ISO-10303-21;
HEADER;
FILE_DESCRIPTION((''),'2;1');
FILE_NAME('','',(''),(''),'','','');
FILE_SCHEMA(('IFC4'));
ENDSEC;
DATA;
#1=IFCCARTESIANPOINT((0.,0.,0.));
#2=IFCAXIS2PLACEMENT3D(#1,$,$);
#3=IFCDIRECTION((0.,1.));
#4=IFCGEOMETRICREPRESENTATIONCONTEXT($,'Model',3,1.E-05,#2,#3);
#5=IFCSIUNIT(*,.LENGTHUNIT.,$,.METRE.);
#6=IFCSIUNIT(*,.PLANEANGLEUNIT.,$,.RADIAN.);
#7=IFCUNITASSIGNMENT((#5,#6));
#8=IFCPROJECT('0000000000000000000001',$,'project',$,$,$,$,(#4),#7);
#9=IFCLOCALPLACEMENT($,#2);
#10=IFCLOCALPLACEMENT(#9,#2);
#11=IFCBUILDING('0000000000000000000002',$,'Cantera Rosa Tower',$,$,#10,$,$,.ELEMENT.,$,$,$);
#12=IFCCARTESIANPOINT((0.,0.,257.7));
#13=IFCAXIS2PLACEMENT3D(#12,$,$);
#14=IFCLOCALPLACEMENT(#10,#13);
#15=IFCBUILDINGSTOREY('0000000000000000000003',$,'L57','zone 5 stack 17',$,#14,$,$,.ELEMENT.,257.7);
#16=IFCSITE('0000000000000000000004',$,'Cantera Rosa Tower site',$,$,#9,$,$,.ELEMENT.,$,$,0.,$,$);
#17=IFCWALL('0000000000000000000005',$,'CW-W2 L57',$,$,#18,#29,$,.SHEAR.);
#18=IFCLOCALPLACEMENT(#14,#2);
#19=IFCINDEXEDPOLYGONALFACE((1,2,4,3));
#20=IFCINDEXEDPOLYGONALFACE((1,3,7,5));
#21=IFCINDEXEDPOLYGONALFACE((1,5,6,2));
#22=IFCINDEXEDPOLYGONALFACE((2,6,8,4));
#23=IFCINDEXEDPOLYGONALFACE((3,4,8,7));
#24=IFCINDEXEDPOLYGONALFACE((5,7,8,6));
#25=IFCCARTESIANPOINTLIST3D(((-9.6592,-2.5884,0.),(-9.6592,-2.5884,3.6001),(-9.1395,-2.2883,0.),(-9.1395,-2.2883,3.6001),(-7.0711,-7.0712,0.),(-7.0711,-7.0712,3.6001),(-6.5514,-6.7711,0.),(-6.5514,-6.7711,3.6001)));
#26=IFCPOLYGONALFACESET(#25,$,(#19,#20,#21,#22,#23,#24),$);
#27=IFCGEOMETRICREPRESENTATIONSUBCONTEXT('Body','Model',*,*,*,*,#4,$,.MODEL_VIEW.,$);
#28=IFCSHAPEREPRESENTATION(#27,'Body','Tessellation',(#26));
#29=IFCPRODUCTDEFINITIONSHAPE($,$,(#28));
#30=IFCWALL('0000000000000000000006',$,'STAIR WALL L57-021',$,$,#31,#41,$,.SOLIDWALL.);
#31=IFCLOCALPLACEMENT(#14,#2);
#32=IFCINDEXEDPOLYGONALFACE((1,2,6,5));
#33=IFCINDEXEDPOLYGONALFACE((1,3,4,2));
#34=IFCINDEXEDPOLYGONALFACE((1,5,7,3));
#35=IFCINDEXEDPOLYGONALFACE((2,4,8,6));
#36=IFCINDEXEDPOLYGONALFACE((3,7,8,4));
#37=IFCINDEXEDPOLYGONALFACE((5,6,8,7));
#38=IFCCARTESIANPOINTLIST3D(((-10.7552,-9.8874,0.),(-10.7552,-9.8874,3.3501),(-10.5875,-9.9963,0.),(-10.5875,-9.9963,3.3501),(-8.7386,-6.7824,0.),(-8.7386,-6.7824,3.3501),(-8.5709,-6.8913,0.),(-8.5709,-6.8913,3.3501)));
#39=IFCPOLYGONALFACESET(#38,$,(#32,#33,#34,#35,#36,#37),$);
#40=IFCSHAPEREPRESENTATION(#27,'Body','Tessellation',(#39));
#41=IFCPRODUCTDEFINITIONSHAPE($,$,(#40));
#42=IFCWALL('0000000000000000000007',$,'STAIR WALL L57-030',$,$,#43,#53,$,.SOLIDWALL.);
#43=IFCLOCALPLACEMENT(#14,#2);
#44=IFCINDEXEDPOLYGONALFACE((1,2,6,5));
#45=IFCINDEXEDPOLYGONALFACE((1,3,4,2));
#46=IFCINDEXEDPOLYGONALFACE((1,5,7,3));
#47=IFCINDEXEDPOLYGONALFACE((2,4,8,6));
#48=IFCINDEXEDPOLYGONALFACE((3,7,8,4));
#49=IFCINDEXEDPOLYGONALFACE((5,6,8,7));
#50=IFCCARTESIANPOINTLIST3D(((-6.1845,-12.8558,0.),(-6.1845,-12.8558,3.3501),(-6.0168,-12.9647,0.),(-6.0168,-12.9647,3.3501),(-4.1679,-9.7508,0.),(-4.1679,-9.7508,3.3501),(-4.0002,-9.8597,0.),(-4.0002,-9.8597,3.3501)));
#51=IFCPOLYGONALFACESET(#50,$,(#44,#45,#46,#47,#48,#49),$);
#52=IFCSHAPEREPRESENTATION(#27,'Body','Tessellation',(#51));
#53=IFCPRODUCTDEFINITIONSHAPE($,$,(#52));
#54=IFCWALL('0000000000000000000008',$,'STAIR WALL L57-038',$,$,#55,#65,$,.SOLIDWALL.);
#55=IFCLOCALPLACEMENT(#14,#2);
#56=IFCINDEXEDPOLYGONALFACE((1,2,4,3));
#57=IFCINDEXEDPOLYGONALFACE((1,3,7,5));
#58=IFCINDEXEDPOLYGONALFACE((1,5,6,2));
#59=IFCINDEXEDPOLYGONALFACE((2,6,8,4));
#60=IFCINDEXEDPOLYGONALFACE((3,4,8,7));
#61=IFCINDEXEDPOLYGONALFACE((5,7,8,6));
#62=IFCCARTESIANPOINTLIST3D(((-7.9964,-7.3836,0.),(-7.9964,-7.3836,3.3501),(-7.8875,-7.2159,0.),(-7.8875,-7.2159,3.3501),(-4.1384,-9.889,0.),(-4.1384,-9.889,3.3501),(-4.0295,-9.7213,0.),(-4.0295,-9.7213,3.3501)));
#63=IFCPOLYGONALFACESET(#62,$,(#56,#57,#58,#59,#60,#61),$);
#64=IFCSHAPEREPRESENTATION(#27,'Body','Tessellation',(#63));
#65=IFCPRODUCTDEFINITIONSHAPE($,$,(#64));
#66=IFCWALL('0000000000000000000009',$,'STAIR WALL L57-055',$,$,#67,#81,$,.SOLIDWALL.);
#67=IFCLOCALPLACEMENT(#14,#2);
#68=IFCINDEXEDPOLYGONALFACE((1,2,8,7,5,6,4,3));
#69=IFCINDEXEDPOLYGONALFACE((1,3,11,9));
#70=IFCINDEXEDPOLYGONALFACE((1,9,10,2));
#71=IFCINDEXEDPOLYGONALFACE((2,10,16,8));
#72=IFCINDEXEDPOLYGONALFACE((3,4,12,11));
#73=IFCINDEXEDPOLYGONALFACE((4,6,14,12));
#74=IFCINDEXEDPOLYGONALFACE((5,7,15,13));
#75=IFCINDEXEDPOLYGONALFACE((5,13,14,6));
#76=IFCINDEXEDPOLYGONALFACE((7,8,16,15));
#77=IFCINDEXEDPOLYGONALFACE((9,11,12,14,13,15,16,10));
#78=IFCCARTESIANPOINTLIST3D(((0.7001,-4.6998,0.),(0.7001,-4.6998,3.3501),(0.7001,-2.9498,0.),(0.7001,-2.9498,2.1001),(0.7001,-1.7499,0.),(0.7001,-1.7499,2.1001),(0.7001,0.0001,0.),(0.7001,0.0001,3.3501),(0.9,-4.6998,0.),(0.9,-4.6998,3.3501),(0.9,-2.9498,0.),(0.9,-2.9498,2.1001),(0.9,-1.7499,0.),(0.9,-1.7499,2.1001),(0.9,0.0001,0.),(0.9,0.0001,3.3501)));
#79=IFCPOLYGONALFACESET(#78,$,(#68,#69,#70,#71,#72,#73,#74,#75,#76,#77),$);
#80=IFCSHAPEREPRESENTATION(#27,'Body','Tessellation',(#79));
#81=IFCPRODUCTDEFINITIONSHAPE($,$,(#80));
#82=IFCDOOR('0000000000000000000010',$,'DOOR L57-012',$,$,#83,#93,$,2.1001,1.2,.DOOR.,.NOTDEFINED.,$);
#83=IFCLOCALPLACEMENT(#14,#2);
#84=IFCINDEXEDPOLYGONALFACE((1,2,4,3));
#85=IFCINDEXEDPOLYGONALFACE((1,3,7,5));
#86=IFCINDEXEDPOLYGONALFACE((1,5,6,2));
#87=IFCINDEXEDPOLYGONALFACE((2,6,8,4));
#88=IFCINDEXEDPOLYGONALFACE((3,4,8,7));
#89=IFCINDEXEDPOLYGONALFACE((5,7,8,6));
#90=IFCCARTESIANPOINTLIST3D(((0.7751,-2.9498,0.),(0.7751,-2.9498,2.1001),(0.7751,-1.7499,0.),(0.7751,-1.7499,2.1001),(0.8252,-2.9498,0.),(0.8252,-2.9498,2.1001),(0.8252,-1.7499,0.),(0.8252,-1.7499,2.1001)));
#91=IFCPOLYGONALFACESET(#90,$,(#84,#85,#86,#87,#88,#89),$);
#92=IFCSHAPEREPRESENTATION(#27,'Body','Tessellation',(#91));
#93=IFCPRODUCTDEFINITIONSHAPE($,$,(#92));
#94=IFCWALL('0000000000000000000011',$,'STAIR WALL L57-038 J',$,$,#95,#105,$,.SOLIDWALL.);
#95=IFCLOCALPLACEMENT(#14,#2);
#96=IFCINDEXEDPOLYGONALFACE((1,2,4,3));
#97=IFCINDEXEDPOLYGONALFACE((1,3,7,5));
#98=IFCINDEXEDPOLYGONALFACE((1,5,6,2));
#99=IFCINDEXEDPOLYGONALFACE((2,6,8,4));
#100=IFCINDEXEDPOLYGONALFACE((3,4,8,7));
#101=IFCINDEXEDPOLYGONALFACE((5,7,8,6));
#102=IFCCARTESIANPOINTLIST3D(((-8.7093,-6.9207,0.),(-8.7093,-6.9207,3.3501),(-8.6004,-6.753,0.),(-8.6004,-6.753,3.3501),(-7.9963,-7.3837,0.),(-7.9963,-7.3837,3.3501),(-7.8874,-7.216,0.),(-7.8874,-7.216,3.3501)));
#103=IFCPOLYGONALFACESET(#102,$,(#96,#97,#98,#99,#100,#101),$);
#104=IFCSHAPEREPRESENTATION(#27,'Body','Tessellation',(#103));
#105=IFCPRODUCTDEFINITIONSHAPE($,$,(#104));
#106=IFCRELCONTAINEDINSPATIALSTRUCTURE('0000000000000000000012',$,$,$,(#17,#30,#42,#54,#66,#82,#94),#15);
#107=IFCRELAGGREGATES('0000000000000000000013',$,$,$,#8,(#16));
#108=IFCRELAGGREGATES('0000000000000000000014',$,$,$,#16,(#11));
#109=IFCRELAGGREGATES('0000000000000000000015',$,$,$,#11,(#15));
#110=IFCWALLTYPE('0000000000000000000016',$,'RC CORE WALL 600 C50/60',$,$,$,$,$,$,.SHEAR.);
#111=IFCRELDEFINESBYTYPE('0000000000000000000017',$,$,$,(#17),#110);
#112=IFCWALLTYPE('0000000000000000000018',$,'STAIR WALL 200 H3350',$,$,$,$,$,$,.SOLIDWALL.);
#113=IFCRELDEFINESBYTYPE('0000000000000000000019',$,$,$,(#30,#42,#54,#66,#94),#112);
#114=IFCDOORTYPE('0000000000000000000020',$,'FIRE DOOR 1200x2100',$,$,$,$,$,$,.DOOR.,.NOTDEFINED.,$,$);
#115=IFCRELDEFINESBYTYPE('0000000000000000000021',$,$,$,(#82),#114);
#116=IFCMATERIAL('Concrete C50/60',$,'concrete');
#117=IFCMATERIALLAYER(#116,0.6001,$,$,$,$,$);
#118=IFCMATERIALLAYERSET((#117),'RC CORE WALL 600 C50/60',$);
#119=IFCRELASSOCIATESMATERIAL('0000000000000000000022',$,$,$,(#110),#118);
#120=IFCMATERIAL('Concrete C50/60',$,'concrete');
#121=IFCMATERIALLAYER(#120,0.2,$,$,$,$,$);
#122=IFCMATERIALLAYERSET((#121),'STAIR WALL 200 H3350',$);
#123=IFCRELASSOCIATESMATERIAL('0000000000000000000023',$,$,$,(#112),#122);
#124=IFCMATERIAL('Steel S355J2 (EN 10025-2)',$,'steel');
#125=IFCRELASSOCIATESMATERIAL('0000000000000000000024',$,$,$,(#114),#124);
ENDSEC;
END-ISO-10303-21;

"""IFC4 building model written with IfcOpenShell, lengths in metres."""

from ifc_helpers import new_model, si_unit, direction, frame, frame_2d, origin, place, context, subcontext, project, spatial, rectangle, extrude, material, layer, layer_set, type_object, element, fill, save


model = new_model("IFC4")

# Units and contexts
model_context = context("Model", 3, precision=1e-05, world=origin(), true_north=direction((0.0, 1.0)))
body_context = subcontext(model_context, "Body", "Model", "MODEL_VIEW")
ifc_project = project(units=[si_unit("LENGTHUNIT", "METRE"), si_unit("PLANEANGLEUNIT", "RADIAN")], contexts=[model_context])

# Site, building, storey
site_placement = place(None, origin())
site = spatial("IfcSite", under=ifc_project, at=site_placement, Name="Cantera Rosa Tower site", CompositionType="ELEMENT", RefElevation=0.0)
building_placement = place(site_placement, origin())
building = spatial("IfcBuilding", under=site, at=building_placement, Name="Cantera Rosa Tower", CompositionType="ELEMENT")
storey_placement = place(building_placement, frame((0.0, 0.0, 257.7)))
storey = spatial("IfcBuildingStorey", under=building, at=storey_placement, Name="L57", Description="zone 5 stack 17", CompositionType="ELEMENT", Elevation=257.7)

# Walls
ifc_material_1 = material(Name="Concrete C50/60", Category="concrete")
ifc_layer_1 = layer(ifc_material_1, 0.6001)
ifc_layer_set_1 = layer_set([ifc_layer_1], Name="RC CORE WALL 600 C50/60")
wall_type_1 = type_object("IfcWallType", Name="RC CORE WALL 600 C50/60", PredefinedType="SHEAR", material=ifc_layer_set_1)
wall_1_placement = place(storey_placement, frame((-6.8113, -6.9211, 0.0), z_axis=(0.0, 0.0, 1.0), x_axis=(-0.499989, 0.866032, 0.0)))
element("IfcWall", 1, at=wall_1_placement, inside=storey, type_object=wall_type_1, Name="CW-W2 L57", PredefinedType="SHEAR", context=body_context, shape_type="SweptSolid", body=[
    extrude(rectangle(XDim=5.1763, YDim=0.6001, at=frame_2d((2.5881, 0.0))), origin(), (0.0, 0.0, 1.0), 3.6001),
])
ifc_material_2 = material(Name="Concrete C50/60", Category="concrete")
ifc_layer_2 = layer(ifc_material_2, 0.2)
ifc_layer_set_2 = layer_set([ifc_layer_2], Name="STAIR WALL 200 H3350")
wall_type_2 = type_object("IfcWallType", Name="STAIR WALL 200 H3350", PredefinedType="SOLIDWALL", material=ifc_layer_set_2)
for number, where, z_axis, x_axis, name in (
    (2, (-8.6548, -6.8369, 0.0), (0.0, 0.0, 1.0), (-0.544678, -0.838645, 0.0), "STAIR WALL L57-021"),
    (3, (-6.1006, -12.9102, 0.0), (0.0, 0.0, 1.0), (0.544678, 0.838645, 0.0), "STAIR WALL L57-030"),
):
    element("IfcWall", number, at=place(storey_placement, frame(where, z_axis=z_axis, x_axis=x_axis)), inside=storey, type_object=wall_type_2, Name=name, PredefinedType="SOLIDWALL", context=body_context, shape_type="SweptSolid", body=[
        extrude(rectangle(XDim=3.7024, YDim=0.2, at=frame_2d((1.8511, 0.0))), origin(), (0.0, 0.0, 1.0), 3.3501),
    ])
wall_2_placement = place(storey_placement, frame((-4.084, -9.8052, 0.0), z_axis=(0.0, 0.0, 1.0), x_axis=(-0.838669, 0.544641, 0.0)))
element("IfcWall", 4, at=wall_2_placement, inside=storey, type_object=wall_type_2, Name="STAIR WALL L57-038", PredefinedType="SOLIDWALL", context=body_context, shape_type="SweptSolid", body=[
    extrude(rectangle(XDim=4.6001, YDim=0.2, at=frame_2d((2.3, 0.0))), origin(), (0.0, 0.0, 1.0), 3.3501),
])

# Wall, opening, door
wall_3_placement = place(storey_placement, frame((0.8, -4.7, 0.0), z_axis=(0.0, 0.0, 1.0), x_axis=(0.0, 1.0, 0.0)))
wall_3 = element("IfcWall", 5, at=wall_3_placement, inside=storey, type_object=wall_type_2, Name="STAIR WALL L57-055", PredefinedType="SOLIDWALL", context=body_context, shape_type="SweptSolid", body=[
    extrude(rectangle(XDim=4.7, YDim=0.2, at=frame_2d((2.3501, 0.0))), origin(), (0.0, 0.0, 1.0), 3.3501),
])
opening_1_placement = place(wall_3_placement, frame((1.75, 0.0, 0.0)))
opening_1 = element("IfcOpeningElement", 6, at=opening_1_placement, cuts=wall_3, PredefinedType="OPENING", context=body_context, shape_type="SweptSolid", body=[
    extrude(rectangle(XDim=1.2, YDim=2.1001, at=frame_2d((0.6001, 1.05))), frame((0.0, 0.1099, 0.0), z_axis=(0.0, -1.0, 0.0), x_axis=(1.0, 0.0, 0.0)), (0.0, 0.0, 1.0), 0.22),
])
ifc_material_3 = material(Name="Steel S355J2 (EN 10025-2)", Category="steel")
door_type_1 = type_object("IfcDoorType", Name="FIRE DOOR 1200x2100", OperationType="NOTDEFINED", PredefinedType="DOOR", material=ifc_material_3)
door_1_placement = place(opening_1_placement, origin())
door_1 = element("IfcDoor", 7, at=door_1_placement, inside=storey, type_object=door_type_1, Name="DOOR L57-012", OperationType="NOTDEFINED", OverallHeight=2.1001, OverallWidth=1.2, PredefinedType="DOOR", context=body_context, shape_type="SweptSolid", body=[
    extrude(rectangle(XDim=1.2, YDim=2.1001, at=frame_2d((0.6001, 1.05))), frame((0.0, 0.0249, 0.0), z_axis=(0.0, -1.0, 0.0), x_axis=(1.0, 0.0, 0.0)), (0.0, 0.0, 1.0), 0.05),
])
fill(opening_1, door_1)

# Wall
wall_4_placement = place(storey_placement, frame((-7.9419, -7.2998, 0.0), z_axis=(0.0, 0.0, 1.0), x_axis=(-0.838706, 0.544584, 0.0)))
element("IfcWall", 8, at=wall_4_placement, inside=storey, type_object=wall_type_2, Name="STAIR WALL L57-038 J", PredefinedType="SOLIDWALL", context=body_context, shape_type="SweptSolid", body=[
    extrude(rectangle(XDim=0.8501, YDim=0.2, at=frame_2d((0.425, 0.0))), origin(), (0.0, 0.0, 1.0), 3.3501),
])

save(model, "model.ifc")
